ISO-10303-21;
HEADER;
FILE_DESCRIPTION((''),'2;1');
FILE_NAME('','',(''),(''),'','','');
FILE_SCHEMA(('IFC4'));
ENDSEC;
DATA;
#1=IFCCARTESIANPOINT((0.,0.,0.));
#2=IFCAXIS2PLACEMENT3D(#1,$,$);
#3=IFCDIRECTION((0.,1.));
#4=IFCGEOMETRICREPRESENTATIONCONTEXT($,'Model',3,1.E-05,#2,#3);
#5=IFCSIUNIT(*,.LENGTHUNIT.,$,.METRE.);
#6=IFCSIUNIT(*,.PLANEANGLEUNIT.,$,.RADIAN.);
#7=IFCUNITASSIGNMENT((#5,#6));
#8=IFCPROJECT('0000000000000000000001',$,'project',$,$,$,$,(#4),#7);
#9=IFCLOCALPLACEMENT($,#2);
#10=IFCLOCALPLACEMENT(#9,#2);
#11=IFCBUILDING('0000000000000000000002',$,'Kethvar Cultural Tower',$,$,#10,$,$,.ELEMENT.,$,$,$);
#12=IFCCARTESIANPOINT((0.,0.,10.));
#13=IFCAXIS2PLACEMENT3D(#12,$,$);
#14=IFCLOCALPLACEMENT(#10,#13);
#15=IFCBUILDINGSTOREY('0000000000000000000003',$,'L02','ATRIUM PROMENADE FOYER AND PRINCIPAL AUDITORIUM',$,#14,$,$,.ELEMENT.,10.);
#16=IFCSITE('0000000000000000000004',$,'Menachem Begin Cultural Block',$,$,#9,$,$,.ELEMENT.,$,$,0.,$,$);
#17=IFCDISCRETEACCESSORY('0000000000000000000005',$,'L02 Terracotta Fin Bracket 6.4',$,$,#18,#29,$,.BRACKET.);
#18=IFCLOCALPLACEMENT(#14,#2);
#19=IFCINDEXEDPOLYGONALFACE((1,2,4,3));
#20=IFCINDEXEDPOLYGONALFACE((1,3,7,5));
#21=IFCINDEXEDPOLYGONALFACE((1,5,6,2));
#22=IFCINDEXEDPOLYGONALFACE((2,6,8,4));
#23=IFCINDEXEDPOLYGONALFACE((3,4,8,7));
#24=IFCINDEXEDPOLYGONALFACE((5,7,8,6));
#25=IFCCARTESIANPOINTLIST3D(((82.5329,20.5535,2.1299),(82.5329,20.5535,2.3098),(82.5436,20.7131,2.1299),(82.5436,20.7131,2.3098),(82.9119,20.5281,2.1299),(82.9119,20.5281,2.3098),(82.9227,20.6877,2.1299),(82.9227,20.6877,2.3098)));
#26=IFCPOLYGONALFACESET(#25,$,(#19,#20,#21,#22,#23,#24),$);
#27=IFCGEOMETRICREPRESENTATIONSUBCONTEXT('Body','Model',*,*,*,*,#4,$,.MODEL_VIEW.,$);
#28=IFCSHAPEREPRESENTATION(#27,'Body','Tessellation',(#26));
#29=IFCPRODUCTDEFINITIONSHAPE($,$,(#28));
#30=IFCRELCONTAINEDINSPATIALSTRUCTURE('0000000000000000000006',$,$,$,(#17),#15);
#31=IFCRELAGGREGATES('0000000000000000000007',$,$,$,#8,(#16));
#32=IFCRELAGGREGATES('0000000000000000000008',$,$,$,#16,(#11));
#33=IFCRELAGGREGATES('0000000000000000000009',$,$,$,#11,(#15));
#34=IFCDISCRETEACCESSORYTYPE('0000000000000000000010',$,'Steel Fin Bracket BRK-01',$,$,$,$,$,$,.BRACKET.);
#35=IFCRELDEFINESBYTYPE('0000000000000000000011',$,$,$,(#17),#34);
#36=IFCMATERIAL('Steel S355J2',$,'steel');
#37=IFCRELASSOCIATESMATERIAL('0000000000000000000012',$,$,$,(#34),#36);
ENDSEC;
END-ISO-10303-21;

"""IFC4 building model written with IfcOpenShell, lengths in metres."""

from ifc_helpers import new_model, si_unit, direction, frame, origin, origin_2d, place, context, subcontext, project, spatial, rectangle, extrude, source, transform, mapped, material, type_object, element, save


model = new_model("IFC4")

# Units and contexts
model_context = context("Model", 3, precision=1e-05, world=origin(), true_north=direction((0.0, 1.0)))
body_context = subcontext(model_context, "Body", "Model", "MODEL_VIEW")
ifc_project = project(units=[si_unit("LENGTHUNIT", "METRE"), si_unit("PLANEANGLEUNIT", "RADIAN")], contexts=[model_context])

# Site, building, storey
site_placement = place(None, origin())
site = spatial("IfcSite", under=ifc_project, at=site_placement, Name="Menachem Begin Cultural Block", CompositionType="ELEMENT", RefElevation=0.0)
building_placement = place(site_placement, origin())
building = spatial("IfcBuilding", under=site, at=building_placement, Name="Kethvar Cultural Tower", CompositionType="ELEMENT")
storey_placement = place(building_placement, frame((0.0, 0.0, 10.0)))
storey = spatial("IfcBuildingStorey", under=building, at=storey_placement, Name="L02", Description="ATRIUM PROMENADE FOYER AND PRINCIPAL AUDITORIUM", CompositionType="ELEMENT", Elevation=10.0)

# Shared definitions
ifc_material_1 = material(Name="Steel S355J2", Category="steel")

# Discrete accessory
discrete_accessory_type = type_object("IfcDiscreteAccessoryType", Name="Steel Fin Bracket BRK-01", PredefinedType="BRACKET", material=ifc_material_1)
shared_shape_1 = source(origin(), body_context, "Body", "SweptSolid", [
    extrude(rectangle(XDim=0.3799, YDim=0.1599, at=origin_2d()), origin(), (0.0, 0.0, 1.0), 0.1799),
])
for number, where, z_axis, x_axis, name in (
    (1, (82.7278, 20.6206, 2.1299), (0.0, 0.0, 1.0), (0.997755, -0.06697, 0.0), "L02 Terracotta Fin Bracket 6.4"),
):
    element("IfcDiscreteAccessory", number, at=place(storey_placement, frame(where, z_axis=z_axis, x_axis=x_axis)), inside=storey, type_object=discrete_accessory_type, Name=name, PredefinedType="BRACKET", context=body_context, shape_type="MappedRepresentation", body=[
        mapped(shared_shape_1, transform((0.0, 0.0, 0.0), scale=1.0)),
    ])

save(model, "model.ifc")
